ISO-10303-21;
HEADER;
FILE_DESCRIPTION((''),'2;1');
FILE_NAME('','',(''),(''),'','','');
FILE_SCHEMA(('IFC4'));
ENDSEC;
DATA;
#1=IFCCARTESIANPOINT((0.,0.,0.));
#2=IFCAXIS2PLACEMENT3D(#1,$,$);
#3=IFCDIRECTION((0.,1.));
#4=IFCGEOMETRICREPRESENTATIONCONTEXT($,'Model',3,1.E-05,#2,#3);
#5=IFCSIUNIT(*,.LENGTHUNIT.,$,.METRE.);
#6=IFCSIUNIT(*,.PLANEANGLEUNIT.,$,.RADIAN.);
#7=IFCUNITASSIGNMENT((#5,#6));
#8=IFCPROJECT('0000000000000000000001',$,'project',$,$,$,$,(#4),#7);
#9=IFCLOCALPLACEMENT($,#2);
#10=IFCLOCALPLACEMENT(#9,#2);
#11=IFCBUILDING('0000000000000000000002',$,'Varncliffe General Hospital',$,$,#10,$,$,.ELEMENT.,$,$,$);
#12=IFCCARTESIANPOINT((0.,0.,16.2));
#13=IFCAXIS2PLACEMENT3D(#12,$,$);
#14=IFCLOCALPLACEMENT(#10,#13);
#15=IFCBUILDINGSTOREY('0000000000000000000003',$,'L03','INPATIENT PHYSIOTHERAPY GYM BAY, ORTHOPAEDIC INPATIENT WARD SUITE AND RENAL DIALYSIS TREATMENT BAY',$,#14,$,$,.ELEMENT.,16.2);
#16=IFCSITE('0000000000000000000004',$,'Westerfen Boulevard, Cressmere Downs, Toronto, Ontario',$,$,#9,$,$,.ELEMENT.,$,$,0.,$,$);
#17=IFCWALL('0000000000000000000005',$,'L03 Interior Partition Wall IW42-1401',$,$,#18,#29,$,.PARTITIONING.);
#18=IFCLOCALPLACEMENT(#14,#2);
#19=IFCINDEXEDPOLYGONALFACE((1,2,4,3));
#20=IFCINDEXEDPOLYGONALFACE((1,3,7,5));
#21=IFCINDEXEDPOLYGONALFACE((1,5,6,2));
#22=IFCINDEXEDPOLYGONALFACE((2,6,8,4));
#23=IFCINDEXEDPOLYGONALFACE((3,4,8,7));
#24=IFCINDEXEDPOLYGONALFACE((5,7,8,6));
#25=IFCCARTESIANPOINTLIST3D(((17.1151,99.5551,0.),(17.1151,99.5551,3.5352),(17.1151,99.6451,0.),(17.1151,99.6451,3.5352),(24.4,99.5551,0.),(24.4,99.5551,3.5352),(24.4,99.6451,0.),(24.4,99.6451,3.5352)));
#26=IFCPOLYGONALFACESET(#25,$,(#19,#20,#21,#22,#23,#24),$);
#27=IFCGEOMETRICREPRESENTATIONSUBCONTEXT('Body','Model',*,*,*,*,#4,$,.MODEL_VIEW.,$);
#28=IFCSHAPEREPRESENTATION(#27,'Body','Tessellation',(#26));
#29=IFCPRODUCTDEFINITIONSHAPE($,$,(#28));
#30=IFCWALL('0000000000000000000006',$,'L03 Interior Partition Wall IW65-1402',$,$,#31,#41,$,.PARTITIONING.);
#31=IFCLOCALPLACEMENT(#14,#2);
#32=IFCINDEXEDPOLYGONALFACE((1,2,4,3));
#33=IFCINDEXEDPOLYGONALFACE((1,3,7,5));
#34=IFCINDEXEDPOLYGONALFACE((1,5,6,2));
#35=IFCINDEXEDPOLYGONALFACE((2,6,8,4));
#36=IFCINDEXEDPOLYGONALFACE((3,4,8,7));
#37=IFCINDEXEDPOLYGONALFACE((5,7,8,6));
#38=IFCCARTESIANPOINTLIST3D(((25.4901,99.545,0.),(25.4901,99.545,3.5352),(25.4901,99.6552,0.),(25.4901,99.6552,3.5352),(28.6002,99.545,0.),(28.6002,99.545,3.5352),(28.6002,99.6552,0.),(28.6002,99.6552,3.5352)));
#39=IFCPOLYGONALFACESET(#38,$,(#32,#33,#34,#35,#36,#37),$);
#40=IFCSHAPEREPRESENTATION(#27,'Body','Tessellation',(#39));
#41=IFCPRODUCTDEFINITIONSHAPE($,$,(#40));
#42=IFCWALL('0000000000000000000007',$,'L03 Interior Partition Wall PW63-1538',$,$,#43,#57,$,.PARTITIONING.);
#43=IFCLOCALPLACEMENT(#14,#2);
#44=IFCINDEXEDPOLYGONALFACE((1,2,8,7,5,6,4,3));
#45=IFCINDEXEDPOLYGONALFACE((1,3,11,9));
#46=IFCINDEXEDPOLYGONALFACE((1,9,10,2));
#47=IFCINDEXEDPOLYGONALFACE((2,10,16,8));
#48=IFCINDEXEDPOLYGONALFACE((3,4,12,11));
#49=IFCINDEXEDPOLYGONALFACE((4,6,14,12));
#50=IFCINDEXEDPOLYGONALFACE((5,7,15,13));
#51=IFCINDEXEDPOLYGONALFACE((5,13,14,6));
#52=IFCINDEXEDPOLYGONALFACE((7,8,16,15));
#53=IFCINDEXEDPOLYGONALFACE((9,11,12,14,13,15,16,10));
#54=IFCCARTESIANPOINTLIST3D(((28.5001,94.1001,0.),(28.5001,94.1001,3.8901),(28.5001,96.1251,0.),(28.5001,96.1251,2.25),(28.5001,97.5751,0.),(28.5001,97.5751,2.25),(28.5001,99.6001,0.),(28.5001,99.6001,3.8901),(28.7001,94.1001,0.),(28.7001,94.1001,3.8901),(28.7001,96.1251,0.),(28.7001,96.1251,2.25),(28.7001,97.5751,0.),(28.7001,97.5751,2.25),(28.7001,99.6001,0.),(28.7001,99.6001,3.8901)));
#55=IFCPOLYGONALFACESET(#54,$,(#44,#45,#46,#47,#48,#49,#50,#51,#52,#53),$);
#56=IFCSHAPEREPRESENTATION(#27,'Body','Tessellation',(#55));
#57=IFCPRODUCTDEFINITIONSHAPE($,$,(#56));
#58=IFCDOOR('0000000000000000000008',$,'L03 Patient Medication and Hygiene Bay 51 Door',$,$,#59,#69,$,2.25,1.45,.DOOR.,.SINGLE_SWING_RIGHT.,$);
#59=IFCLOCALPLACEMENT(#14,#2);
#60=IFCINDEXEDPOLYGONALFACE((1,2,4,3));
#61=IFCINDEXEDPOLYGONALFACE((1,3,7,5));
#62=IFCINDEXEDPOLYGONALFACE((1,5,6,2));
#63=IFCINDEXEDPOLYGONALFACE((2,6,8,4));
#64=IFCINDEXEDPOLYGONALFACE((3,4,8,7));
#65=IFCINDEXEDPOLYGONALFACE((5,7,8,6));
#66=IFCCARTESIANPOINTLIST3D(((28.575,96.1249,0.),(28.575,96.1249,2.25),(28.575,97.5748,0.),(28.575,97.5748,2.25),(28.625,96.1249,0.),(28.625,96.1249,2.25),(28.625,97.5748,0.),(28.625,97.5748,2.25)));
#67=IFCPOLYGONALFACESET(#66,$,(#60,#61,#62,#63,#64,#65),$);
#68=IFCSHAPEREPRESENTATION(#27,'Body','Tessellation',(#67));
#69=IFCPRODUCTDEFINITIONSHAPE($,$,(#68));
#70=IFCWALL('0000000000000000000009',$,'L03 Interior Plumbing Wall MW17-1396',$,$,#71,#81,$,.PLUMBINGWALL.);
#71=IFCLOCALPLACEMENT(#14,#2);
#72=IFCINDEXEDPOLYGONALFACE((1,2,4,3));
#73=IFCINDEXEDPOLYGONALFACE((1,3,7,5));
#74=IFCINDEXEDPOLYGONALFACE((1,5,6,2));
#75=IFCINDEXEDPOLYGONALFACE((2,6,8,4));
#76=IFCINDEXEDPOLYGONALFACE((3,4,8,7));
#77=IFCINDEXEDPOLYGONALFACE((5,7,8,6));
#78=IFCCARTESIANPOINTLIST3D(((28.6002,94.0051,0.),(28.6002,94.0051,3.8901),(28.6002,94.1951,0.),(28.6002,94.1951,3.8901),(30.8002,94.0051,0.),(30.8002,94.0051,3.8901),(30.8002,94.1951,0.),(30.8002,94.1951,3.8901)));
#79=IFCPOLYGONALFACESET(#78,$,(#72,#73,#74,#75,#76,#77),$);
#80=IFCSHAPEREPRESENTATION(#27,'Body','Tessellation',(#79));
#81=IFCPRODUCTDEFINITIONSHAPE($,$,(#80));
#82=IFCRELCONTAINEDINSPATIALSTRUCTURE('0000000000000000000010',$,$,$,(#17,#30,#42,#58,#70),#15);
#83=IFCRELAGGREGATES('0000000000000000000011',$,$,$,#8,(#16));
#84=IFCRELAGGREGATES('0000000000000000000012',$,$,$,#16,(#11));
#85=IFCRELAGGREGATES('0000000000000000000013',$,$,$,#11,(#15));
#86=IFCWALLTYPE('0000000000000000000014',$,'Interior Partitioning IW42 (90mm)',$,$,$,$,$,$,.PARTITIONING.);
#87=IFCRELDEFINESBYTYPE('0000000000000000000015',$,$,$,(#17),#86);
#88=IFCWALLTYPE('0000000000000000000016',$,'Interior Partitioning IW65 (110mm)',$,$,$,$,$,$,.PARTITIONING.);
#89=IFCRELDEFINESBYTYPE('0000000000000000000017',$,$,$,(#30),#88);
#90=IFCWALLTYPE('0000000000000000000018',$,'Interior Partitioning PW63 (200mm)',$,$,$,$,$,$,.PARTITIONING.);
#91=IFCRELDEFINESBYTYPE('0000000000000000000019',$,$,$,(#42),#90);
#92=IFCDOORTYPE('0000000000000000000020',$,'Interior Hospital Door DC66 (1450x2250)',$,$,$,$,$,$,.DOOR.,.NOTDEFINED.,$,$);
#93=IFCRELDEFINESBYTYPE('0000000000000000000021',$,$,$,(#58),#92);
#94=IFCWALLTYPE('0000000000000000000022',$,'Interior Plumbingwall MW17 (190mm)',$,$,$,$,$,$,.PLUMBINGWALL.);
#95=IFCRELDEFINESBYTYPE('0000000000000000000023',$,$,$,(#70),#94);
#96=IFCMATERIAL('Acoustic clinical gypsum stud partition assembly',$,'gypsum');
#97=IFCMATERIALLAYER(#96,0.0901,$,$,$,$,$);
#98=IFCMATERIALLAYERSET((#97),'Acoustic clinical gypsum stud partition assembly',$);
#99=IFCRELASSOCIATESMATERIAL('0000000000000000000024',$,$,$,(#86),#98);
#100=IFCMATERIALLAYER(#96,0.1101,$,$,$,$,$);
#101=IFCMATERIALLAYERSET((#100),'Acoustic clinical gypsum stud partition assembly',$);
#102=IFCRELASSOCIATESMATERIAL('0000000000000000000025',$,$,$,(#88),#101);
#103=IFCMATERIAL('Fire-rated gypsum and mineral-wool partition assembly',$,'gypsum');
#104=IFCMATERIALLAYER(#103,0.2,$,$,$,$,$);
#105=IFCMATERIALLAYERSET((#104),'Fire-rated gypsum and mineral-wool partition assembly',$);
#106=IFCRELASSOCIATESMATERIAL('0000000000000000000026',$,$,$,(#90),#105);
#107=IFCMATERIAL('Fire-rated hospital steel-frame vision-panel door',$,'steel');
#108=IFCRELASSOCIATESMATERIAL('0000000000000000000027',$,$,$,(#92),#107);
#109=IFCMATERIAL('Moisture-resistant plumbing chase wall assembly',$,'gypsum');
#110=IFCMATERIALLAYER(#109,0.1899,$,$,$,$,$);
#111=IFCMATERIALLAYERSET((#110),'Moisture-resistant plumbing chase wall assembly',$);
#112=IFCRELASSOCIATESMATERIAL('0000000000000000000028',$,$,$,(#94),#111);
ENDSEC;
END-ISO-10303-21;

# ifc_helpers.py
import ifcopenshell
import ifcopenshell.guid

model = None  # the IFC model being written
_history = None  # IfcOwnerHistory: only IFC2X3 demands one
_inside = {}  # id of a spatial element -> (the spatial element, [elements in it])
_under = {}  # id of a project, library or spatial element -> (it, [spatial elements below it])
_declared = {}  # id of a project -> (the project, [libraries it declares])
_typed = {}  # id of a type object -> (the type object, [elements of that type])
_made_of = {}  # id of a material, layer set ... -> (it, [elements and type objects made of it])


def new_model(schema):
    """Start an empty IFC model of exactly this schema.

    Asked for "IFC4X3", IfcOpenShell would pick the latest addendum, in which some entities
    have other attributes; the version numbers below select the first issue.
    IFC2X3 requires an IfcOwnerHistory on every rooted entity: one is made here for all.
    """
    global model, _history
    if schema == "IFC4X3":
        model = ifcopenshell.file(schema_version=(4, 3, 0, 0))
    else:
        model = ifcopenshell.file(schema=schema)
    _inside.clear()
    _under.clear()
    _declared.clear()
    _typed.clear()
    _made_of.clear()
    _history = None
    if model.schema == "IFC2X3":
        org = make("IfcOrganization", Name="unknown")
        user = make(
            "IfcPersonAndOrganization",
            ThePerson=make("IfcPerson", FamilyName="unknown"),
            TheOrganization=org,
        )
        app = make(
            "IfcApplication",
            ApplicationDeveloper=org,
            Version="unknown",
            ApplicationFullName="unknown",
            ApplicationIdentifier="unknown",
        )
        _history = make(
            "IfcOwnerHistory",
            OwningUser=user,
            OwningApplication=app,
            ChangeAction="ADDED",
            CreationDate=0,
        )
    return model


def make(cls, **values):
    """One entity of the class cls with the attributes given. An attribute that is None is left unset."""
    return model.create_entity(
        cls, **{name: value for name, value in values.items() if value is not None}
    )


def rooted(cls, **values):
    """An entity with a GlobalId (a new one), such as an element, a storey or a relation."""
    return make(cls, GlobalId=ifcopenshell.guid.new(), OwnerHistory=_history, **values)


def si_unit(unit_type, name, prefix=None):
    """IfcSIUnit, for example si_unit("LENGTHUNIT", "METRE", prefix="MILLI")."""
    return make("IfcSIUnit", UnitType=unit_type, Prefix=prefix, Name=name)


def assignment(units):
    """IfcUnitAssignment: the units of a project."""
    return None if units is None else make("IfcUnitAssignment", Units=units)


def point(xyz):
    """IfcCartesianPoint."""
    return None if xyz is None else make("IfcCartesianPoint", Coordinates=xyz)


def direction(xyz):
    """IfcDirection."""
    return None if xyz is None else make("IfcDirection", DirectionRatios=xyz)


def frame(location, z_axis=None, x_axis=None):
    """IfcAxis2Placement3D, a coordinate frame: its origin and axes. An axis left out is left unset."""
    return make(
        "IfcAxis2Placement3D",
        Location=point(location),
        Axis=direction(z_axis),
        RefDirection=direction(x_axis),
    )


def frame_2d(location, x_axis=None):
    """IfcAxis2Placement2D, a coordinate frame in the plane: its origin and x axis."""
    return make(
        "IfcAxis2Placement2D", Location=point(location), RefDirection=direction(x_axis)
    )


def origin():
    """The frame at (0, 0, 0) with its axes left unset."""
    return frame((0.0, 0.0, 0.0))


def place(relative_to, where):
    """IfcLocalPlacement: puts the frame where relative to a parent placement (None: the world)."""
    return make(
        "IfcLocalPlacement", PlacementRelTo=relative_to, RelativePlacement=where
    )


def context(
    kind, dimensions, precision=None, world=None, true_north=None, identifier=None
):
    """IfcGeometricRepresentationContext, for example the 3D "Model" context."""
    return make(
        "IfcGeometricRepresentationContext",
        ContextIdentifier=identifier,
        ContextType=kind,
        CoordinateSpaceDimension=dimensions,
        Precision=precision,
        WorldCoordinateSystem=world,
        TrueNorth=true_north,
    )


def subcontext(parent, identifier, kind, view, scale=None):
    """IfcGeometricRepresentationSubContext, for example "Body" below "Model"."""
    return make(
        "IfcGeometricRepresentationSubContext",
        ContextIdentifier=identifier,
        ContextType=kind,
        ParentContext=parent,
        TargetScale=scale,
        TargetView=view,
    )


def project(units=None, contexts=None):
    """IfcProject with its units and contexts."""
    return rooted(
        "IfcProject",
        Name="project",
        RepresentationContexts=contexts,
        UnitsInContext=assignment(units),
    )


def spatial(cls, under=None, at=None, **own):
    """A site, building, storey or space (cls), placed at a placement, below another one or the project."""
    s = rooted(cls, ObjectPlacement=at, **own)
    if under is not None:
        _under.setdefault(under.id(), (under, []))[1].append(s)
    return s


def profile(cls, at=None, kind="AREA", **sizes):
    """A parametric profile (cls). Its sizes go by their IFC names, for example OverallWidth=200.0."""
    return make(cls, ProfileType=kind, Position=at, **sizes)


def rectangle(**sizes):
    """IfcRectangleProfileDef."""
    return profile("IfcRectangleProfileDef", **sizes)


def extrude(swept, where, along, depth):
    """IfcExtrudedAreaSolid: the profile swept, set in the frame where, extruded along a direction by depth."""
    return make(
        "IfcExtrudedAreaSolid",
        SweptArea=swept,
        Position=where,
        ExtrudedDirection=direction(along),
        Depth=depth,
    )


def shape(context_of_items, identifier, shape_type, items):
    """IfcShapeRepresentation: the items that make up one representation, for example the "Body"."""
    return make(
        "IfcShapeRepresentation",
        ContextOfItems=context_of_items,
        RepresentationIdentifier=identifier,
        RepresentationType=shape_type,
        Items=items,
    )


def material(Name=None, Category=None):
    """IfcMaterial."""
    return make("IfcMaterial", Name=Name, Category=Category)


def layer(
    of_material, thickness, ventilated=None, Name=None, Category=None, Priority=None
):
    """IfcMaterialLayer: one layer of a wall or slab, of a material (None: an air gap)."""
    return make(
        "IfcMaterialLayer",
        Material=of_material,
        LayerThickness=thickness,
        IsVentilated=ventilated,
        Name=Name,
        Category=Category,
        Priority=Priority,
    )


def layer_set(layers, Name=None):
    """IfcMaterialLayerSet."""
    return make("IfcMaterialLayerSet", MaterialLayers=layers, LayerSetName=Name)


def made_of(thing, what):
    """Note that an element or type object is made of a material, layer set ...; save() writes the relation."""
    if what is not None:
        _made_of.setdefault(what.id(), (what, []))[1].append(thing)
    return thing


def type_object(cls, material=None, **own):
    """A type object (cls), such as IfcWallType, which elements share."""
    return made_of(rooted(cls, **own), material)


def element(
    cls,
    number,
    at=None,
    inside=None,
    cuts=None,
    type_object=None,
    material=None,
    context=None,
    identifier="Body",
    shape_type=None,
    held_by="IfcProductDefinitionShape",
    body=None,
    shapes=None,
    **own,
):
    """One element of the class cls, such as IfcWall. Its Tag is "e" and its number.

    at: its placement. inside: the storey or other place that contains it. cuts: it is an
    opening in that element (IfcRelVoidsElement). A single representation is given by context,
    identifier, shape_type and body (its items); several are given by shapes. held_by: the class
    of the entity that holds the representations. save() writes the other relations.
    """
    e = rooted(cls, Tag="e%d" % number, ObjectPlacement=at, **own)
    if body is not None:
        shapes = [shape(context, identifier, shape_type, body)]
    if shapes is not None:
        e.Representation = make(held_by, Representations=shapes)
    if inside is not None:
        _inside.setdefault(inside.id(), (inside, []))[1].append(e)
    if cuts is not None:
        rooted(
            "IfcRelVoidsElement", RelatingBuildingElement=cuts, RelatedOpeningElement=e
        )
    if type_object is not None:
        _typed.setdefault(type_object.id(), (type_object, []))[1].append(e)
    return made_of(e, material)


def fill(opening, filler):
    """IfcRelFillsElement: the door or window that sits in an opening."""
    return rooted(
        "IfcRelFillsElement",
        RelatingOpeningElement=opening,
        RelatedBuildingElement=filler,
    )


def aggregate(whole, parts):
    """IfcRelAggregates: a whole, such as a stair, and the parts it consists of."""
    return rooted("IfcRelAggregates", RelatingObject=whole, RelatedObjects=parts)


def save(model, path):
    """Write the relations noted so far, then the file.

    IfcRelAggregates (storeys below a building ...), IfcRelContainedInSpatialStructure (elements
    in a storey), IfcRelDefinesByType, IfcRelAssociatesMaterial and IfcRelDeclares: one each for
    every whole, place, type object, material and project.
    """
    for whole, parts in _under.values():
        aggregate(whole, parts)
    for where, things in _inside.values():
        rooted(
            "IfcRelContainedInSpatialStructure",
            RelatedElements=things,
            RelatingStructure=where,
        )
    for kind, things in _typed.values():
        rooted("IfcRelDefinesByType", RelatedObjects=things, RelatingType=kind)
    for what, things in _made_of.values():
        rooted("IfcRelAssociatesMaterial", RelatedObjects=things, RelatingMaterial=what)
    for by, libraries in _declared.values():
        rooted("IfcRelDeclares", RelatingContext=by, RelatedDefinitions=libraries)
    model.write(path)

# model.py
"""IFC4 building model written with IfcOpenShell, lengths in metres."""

from ifc_helpers import new_model, si_unit, direction, frame, frame_2d, origin, place, context, subcontext, project, spatial, rectangle, extrude, material, layer, layer_set, type_object, element, fill, save


model = new_model("IFC4")

# Units and contexts
model_context = context("Model", 3, precision=1e-05, world=origin(), true_north=direction((0.0, 1.0)))
body_context = subcontext(model_context, "Body", "Model", "MODEL_VIEW")
ifc_project = project(units=[si_unit("LENGTHUNIT", "METRE"), si_unit("PLANEANGLEUNIT", "RADIAN")], contexts=[model_context])

# Site, building, storey
site_placement = place(None, origin())
site = spatial("IfcSite", under=ifc_project, at=site_placement, Name="Westerfen Boulevard, Cressmere Downs, Toronto, Ontario", CompositionType="ELEMENT", RefElevation=0.0)
building_placement = place(site_placement, origin())
building = spatial("IfcBuilding", under=site, at=building_placement, Name="Varncliffe General Hospital", CompositionType="ELEMENT")
storey_placement = place(building_placement, frame((0.0, 0.0, 16.2)))
storey = spatial("IfcBuildingStorey", under=building, at=storey_placement, Name="L03", Description="INPATIENT PHYSIOTHERAPY GYM BAY, ORTHOPAEDIC INPATIENT WARD SUITE AND RENAL DIALYSIS TREATMENT BAY", CompositionType="ELEMENT", Elevation=16.2)

# Walls
ifc_material_1 = material(Name="Acoustic clinical gypsum stud partition assembly", Category="gypsum")
ifc_layer_1 = layer(ifc_material_1, 0.0901)
ifc_layer_set_1 = layer_set([ifc_layer_1], Name="Acoustic clinical gypsum stud partition assembly")
wall_type_1 = type_object("IfcWallType", Name="Interior Partitioning IW42 (90mm)", PredefinedType="PARTITIONING", material=ifc_layer_set_1)
wall_1_placement = place(storey_placement, frame((17.115, 99.6001, 0.0), z_axis=(0.0, 0.0, 1.0), x_axis=(1.0, 0.0, 0.0)))
element("IfcWall", 1, at=wall_1_placement, inside=storey, type_object=wall_type_1, Name="L03 Interior Partition Wall IW42-1401", PredefinedType="PARTITIONING", context=body_context, shape_type="SweptSolid", body=[
    extrude(rectangle(XDim=7.2849, YDim=0.0901, at=frame_2d((3.6426, 0.0))), origin(), (0.0, 0.0, 1.0), 3.5352),
])
ifc_layer_2 = layer(ifc_material_1, 0.1101)
ifc_layer_set_2 = layer_set([ifc_layer_2], Name="Acoustic clinical gypsum stud partition assembly")
wall_type_2 = type_object("IfcWallType", Name="Interior Partitioning IW65 (110mm)", PredefinedType="PARTITIONING", material=ifc_layer_set_2)
wall_2_placement = place(storey_placement, frame((25.49, 99.6001, 0.0), z_axis=(0.0, 0.0, 1.0), x_axis=(1.0, 0.0, 0.0)))
element("IfcWall", 2, at=wall_2_placement, inside=storey, type_object=wall_type_2, Name="L03 Interior Partition Wall IW65-1402", PredefinedType="PARTITIONING", context=body_context, shape_type="SweptSolid", body=[
    extrude(rectangle(XDim=3.1101, YDim=0.1101, at=frame_2d((1.5552, 0.0))), origin(), (0.0, 0.0, 1.0), 3.5352),
])

# Wall, opening, door
ifc_material_2 = material(Name="Fire-rated gypsum and mineral-wool partition assembly", Category="gypsum")
ifc_layer_3 = layer(ifc_material_2, 0.2)
ifc_layer_set_3 = layer_set([ifc_layer_3], Name="Fire-rated gypsum and mineral-wool partition assembly")
wall_type_3 = type_object("IfcWallType", Name="Interior Partitioning PW63 (200mm)", PredefinedType="PARTITIONING", material=ifc_layer_set_3)
wall_3_placement = place(storey_placement, frame((28.6001, 94.1001, 0.0), z_axis=(0.0, 0.0, 1.0), x_axis=(0.0, 1.0, 0.0)))
wall_3 = element("IfcWall", 3, at=wall_3_placement, inside=storey, type_object=wall_type_3, Name="L03 Interior Partition Wall PW63-1538", PredefinedType="PARTITIONING", context=body_context, shape_type="SweptSolid", body=[
    extrude(rectangle(XDim=5.5, YDim=0.2, at=frame_2d((2.75, 0.0))), origin(), (0.0, 0.0, 1.0), 3.8901),
])
opening_placement = place(wall_3_placement, frame((2.0249, 0.0, 0.0)))
opening = element("IfcOpeningElement", 4, at=opening_placement, cuts=wall_3, PredefinedType="OPENING", context=body_context, shape_type="SweptSolid", body=[
    extrude(rectangle(XDim=1.45, YDim=2.25, at=frame_2d((0.7251, 1.125))), frame((0.0, 0.1099, 0.0), z_axis=(0.0, -1.0, 0.0), x_axis=(1.0, 0.0, 0.0)), (0.0, 0.0, 1.0), 0.22),
])
ifc_material_3 = material(Name="Fire-rated hospital steel-frame vision-panel door", Category="steel")
door_type = type_object("IfcDoorType", Name="Interior Hospital Door DC66 (1450x2250)", OperationType="NOTDEFINED", PredefinedType="DOOR", material=ifc_material_3)
door_placement = place(opening_placement, frame((1.45, 0.0, 0.0), z_axis=(0.0, 0.0, 1.0), x_axis=(-1.0, 0.0, 0.0)))
door = element("IfcDoor", 5, at=door_placement, inside=storey, type_object=door_type, Name="L03 Patient Medication and Hygiene Bay 51 Door", OperationType="SINGLE_SWING_RIGHT", OverallHeight=2.25, OverallWidth=1.45, PredefinedType="DOOR", context=body_context, shape_type="SweptSolid", body=[
    extrude(rectangle(XDim=1.45, YDim=2.25, at=frame_2d((0.7251, 1.125))), frame((0.0, 0.0249, 0.0), z_axis=(0.0, -1.0, 0.0), x_axis=(1.0, 0.0, 0.0)), (0.0, 0.0, 1.0), 0.05),
])
fill(opening, door)

# Wall
ifc_material_4 = material(Name="Moisture-resistant plumbing chase wall assembly", Category="gypsum")
ifc_layer_4 = layer(ifc_material_4, 0.1899)
ifc_layer_set_4 = layer_set([ifc_layer_4], Name="Moisture-resistant plumbing chase wall assembly")
wall_type_4 = type_object("IfcWallType", Name="Interior Plumbingwall MW17 (190mm)", PredefinedType="PLUMBINGWALL", material=ifc_layer_set_4)
wall_4_placement = place(storey_placement, frame((28.6001, 94.1001, 0.0), z_axis=(0.0, 0.0, 1.0), x_axis=(1.0, 0.0, 0.0)))
element("IfcWall", 6, at=wall_4_placement, inside=storey, type_object=wall_type_4, Name="L03 Interior Plumbing Wall MW17-1396", PredefinedType="PLUMBINGWALL", context=body_context, shape_type="SweptSolid", body=[
    extrude(rectangle(XDim=2.2, YDim=0.1899, at=frame_2d((1.1001, 0.0))), origin(), (0.0, 0.0, 1.0), 3.8901),
])

save(model, "model.ifc")
